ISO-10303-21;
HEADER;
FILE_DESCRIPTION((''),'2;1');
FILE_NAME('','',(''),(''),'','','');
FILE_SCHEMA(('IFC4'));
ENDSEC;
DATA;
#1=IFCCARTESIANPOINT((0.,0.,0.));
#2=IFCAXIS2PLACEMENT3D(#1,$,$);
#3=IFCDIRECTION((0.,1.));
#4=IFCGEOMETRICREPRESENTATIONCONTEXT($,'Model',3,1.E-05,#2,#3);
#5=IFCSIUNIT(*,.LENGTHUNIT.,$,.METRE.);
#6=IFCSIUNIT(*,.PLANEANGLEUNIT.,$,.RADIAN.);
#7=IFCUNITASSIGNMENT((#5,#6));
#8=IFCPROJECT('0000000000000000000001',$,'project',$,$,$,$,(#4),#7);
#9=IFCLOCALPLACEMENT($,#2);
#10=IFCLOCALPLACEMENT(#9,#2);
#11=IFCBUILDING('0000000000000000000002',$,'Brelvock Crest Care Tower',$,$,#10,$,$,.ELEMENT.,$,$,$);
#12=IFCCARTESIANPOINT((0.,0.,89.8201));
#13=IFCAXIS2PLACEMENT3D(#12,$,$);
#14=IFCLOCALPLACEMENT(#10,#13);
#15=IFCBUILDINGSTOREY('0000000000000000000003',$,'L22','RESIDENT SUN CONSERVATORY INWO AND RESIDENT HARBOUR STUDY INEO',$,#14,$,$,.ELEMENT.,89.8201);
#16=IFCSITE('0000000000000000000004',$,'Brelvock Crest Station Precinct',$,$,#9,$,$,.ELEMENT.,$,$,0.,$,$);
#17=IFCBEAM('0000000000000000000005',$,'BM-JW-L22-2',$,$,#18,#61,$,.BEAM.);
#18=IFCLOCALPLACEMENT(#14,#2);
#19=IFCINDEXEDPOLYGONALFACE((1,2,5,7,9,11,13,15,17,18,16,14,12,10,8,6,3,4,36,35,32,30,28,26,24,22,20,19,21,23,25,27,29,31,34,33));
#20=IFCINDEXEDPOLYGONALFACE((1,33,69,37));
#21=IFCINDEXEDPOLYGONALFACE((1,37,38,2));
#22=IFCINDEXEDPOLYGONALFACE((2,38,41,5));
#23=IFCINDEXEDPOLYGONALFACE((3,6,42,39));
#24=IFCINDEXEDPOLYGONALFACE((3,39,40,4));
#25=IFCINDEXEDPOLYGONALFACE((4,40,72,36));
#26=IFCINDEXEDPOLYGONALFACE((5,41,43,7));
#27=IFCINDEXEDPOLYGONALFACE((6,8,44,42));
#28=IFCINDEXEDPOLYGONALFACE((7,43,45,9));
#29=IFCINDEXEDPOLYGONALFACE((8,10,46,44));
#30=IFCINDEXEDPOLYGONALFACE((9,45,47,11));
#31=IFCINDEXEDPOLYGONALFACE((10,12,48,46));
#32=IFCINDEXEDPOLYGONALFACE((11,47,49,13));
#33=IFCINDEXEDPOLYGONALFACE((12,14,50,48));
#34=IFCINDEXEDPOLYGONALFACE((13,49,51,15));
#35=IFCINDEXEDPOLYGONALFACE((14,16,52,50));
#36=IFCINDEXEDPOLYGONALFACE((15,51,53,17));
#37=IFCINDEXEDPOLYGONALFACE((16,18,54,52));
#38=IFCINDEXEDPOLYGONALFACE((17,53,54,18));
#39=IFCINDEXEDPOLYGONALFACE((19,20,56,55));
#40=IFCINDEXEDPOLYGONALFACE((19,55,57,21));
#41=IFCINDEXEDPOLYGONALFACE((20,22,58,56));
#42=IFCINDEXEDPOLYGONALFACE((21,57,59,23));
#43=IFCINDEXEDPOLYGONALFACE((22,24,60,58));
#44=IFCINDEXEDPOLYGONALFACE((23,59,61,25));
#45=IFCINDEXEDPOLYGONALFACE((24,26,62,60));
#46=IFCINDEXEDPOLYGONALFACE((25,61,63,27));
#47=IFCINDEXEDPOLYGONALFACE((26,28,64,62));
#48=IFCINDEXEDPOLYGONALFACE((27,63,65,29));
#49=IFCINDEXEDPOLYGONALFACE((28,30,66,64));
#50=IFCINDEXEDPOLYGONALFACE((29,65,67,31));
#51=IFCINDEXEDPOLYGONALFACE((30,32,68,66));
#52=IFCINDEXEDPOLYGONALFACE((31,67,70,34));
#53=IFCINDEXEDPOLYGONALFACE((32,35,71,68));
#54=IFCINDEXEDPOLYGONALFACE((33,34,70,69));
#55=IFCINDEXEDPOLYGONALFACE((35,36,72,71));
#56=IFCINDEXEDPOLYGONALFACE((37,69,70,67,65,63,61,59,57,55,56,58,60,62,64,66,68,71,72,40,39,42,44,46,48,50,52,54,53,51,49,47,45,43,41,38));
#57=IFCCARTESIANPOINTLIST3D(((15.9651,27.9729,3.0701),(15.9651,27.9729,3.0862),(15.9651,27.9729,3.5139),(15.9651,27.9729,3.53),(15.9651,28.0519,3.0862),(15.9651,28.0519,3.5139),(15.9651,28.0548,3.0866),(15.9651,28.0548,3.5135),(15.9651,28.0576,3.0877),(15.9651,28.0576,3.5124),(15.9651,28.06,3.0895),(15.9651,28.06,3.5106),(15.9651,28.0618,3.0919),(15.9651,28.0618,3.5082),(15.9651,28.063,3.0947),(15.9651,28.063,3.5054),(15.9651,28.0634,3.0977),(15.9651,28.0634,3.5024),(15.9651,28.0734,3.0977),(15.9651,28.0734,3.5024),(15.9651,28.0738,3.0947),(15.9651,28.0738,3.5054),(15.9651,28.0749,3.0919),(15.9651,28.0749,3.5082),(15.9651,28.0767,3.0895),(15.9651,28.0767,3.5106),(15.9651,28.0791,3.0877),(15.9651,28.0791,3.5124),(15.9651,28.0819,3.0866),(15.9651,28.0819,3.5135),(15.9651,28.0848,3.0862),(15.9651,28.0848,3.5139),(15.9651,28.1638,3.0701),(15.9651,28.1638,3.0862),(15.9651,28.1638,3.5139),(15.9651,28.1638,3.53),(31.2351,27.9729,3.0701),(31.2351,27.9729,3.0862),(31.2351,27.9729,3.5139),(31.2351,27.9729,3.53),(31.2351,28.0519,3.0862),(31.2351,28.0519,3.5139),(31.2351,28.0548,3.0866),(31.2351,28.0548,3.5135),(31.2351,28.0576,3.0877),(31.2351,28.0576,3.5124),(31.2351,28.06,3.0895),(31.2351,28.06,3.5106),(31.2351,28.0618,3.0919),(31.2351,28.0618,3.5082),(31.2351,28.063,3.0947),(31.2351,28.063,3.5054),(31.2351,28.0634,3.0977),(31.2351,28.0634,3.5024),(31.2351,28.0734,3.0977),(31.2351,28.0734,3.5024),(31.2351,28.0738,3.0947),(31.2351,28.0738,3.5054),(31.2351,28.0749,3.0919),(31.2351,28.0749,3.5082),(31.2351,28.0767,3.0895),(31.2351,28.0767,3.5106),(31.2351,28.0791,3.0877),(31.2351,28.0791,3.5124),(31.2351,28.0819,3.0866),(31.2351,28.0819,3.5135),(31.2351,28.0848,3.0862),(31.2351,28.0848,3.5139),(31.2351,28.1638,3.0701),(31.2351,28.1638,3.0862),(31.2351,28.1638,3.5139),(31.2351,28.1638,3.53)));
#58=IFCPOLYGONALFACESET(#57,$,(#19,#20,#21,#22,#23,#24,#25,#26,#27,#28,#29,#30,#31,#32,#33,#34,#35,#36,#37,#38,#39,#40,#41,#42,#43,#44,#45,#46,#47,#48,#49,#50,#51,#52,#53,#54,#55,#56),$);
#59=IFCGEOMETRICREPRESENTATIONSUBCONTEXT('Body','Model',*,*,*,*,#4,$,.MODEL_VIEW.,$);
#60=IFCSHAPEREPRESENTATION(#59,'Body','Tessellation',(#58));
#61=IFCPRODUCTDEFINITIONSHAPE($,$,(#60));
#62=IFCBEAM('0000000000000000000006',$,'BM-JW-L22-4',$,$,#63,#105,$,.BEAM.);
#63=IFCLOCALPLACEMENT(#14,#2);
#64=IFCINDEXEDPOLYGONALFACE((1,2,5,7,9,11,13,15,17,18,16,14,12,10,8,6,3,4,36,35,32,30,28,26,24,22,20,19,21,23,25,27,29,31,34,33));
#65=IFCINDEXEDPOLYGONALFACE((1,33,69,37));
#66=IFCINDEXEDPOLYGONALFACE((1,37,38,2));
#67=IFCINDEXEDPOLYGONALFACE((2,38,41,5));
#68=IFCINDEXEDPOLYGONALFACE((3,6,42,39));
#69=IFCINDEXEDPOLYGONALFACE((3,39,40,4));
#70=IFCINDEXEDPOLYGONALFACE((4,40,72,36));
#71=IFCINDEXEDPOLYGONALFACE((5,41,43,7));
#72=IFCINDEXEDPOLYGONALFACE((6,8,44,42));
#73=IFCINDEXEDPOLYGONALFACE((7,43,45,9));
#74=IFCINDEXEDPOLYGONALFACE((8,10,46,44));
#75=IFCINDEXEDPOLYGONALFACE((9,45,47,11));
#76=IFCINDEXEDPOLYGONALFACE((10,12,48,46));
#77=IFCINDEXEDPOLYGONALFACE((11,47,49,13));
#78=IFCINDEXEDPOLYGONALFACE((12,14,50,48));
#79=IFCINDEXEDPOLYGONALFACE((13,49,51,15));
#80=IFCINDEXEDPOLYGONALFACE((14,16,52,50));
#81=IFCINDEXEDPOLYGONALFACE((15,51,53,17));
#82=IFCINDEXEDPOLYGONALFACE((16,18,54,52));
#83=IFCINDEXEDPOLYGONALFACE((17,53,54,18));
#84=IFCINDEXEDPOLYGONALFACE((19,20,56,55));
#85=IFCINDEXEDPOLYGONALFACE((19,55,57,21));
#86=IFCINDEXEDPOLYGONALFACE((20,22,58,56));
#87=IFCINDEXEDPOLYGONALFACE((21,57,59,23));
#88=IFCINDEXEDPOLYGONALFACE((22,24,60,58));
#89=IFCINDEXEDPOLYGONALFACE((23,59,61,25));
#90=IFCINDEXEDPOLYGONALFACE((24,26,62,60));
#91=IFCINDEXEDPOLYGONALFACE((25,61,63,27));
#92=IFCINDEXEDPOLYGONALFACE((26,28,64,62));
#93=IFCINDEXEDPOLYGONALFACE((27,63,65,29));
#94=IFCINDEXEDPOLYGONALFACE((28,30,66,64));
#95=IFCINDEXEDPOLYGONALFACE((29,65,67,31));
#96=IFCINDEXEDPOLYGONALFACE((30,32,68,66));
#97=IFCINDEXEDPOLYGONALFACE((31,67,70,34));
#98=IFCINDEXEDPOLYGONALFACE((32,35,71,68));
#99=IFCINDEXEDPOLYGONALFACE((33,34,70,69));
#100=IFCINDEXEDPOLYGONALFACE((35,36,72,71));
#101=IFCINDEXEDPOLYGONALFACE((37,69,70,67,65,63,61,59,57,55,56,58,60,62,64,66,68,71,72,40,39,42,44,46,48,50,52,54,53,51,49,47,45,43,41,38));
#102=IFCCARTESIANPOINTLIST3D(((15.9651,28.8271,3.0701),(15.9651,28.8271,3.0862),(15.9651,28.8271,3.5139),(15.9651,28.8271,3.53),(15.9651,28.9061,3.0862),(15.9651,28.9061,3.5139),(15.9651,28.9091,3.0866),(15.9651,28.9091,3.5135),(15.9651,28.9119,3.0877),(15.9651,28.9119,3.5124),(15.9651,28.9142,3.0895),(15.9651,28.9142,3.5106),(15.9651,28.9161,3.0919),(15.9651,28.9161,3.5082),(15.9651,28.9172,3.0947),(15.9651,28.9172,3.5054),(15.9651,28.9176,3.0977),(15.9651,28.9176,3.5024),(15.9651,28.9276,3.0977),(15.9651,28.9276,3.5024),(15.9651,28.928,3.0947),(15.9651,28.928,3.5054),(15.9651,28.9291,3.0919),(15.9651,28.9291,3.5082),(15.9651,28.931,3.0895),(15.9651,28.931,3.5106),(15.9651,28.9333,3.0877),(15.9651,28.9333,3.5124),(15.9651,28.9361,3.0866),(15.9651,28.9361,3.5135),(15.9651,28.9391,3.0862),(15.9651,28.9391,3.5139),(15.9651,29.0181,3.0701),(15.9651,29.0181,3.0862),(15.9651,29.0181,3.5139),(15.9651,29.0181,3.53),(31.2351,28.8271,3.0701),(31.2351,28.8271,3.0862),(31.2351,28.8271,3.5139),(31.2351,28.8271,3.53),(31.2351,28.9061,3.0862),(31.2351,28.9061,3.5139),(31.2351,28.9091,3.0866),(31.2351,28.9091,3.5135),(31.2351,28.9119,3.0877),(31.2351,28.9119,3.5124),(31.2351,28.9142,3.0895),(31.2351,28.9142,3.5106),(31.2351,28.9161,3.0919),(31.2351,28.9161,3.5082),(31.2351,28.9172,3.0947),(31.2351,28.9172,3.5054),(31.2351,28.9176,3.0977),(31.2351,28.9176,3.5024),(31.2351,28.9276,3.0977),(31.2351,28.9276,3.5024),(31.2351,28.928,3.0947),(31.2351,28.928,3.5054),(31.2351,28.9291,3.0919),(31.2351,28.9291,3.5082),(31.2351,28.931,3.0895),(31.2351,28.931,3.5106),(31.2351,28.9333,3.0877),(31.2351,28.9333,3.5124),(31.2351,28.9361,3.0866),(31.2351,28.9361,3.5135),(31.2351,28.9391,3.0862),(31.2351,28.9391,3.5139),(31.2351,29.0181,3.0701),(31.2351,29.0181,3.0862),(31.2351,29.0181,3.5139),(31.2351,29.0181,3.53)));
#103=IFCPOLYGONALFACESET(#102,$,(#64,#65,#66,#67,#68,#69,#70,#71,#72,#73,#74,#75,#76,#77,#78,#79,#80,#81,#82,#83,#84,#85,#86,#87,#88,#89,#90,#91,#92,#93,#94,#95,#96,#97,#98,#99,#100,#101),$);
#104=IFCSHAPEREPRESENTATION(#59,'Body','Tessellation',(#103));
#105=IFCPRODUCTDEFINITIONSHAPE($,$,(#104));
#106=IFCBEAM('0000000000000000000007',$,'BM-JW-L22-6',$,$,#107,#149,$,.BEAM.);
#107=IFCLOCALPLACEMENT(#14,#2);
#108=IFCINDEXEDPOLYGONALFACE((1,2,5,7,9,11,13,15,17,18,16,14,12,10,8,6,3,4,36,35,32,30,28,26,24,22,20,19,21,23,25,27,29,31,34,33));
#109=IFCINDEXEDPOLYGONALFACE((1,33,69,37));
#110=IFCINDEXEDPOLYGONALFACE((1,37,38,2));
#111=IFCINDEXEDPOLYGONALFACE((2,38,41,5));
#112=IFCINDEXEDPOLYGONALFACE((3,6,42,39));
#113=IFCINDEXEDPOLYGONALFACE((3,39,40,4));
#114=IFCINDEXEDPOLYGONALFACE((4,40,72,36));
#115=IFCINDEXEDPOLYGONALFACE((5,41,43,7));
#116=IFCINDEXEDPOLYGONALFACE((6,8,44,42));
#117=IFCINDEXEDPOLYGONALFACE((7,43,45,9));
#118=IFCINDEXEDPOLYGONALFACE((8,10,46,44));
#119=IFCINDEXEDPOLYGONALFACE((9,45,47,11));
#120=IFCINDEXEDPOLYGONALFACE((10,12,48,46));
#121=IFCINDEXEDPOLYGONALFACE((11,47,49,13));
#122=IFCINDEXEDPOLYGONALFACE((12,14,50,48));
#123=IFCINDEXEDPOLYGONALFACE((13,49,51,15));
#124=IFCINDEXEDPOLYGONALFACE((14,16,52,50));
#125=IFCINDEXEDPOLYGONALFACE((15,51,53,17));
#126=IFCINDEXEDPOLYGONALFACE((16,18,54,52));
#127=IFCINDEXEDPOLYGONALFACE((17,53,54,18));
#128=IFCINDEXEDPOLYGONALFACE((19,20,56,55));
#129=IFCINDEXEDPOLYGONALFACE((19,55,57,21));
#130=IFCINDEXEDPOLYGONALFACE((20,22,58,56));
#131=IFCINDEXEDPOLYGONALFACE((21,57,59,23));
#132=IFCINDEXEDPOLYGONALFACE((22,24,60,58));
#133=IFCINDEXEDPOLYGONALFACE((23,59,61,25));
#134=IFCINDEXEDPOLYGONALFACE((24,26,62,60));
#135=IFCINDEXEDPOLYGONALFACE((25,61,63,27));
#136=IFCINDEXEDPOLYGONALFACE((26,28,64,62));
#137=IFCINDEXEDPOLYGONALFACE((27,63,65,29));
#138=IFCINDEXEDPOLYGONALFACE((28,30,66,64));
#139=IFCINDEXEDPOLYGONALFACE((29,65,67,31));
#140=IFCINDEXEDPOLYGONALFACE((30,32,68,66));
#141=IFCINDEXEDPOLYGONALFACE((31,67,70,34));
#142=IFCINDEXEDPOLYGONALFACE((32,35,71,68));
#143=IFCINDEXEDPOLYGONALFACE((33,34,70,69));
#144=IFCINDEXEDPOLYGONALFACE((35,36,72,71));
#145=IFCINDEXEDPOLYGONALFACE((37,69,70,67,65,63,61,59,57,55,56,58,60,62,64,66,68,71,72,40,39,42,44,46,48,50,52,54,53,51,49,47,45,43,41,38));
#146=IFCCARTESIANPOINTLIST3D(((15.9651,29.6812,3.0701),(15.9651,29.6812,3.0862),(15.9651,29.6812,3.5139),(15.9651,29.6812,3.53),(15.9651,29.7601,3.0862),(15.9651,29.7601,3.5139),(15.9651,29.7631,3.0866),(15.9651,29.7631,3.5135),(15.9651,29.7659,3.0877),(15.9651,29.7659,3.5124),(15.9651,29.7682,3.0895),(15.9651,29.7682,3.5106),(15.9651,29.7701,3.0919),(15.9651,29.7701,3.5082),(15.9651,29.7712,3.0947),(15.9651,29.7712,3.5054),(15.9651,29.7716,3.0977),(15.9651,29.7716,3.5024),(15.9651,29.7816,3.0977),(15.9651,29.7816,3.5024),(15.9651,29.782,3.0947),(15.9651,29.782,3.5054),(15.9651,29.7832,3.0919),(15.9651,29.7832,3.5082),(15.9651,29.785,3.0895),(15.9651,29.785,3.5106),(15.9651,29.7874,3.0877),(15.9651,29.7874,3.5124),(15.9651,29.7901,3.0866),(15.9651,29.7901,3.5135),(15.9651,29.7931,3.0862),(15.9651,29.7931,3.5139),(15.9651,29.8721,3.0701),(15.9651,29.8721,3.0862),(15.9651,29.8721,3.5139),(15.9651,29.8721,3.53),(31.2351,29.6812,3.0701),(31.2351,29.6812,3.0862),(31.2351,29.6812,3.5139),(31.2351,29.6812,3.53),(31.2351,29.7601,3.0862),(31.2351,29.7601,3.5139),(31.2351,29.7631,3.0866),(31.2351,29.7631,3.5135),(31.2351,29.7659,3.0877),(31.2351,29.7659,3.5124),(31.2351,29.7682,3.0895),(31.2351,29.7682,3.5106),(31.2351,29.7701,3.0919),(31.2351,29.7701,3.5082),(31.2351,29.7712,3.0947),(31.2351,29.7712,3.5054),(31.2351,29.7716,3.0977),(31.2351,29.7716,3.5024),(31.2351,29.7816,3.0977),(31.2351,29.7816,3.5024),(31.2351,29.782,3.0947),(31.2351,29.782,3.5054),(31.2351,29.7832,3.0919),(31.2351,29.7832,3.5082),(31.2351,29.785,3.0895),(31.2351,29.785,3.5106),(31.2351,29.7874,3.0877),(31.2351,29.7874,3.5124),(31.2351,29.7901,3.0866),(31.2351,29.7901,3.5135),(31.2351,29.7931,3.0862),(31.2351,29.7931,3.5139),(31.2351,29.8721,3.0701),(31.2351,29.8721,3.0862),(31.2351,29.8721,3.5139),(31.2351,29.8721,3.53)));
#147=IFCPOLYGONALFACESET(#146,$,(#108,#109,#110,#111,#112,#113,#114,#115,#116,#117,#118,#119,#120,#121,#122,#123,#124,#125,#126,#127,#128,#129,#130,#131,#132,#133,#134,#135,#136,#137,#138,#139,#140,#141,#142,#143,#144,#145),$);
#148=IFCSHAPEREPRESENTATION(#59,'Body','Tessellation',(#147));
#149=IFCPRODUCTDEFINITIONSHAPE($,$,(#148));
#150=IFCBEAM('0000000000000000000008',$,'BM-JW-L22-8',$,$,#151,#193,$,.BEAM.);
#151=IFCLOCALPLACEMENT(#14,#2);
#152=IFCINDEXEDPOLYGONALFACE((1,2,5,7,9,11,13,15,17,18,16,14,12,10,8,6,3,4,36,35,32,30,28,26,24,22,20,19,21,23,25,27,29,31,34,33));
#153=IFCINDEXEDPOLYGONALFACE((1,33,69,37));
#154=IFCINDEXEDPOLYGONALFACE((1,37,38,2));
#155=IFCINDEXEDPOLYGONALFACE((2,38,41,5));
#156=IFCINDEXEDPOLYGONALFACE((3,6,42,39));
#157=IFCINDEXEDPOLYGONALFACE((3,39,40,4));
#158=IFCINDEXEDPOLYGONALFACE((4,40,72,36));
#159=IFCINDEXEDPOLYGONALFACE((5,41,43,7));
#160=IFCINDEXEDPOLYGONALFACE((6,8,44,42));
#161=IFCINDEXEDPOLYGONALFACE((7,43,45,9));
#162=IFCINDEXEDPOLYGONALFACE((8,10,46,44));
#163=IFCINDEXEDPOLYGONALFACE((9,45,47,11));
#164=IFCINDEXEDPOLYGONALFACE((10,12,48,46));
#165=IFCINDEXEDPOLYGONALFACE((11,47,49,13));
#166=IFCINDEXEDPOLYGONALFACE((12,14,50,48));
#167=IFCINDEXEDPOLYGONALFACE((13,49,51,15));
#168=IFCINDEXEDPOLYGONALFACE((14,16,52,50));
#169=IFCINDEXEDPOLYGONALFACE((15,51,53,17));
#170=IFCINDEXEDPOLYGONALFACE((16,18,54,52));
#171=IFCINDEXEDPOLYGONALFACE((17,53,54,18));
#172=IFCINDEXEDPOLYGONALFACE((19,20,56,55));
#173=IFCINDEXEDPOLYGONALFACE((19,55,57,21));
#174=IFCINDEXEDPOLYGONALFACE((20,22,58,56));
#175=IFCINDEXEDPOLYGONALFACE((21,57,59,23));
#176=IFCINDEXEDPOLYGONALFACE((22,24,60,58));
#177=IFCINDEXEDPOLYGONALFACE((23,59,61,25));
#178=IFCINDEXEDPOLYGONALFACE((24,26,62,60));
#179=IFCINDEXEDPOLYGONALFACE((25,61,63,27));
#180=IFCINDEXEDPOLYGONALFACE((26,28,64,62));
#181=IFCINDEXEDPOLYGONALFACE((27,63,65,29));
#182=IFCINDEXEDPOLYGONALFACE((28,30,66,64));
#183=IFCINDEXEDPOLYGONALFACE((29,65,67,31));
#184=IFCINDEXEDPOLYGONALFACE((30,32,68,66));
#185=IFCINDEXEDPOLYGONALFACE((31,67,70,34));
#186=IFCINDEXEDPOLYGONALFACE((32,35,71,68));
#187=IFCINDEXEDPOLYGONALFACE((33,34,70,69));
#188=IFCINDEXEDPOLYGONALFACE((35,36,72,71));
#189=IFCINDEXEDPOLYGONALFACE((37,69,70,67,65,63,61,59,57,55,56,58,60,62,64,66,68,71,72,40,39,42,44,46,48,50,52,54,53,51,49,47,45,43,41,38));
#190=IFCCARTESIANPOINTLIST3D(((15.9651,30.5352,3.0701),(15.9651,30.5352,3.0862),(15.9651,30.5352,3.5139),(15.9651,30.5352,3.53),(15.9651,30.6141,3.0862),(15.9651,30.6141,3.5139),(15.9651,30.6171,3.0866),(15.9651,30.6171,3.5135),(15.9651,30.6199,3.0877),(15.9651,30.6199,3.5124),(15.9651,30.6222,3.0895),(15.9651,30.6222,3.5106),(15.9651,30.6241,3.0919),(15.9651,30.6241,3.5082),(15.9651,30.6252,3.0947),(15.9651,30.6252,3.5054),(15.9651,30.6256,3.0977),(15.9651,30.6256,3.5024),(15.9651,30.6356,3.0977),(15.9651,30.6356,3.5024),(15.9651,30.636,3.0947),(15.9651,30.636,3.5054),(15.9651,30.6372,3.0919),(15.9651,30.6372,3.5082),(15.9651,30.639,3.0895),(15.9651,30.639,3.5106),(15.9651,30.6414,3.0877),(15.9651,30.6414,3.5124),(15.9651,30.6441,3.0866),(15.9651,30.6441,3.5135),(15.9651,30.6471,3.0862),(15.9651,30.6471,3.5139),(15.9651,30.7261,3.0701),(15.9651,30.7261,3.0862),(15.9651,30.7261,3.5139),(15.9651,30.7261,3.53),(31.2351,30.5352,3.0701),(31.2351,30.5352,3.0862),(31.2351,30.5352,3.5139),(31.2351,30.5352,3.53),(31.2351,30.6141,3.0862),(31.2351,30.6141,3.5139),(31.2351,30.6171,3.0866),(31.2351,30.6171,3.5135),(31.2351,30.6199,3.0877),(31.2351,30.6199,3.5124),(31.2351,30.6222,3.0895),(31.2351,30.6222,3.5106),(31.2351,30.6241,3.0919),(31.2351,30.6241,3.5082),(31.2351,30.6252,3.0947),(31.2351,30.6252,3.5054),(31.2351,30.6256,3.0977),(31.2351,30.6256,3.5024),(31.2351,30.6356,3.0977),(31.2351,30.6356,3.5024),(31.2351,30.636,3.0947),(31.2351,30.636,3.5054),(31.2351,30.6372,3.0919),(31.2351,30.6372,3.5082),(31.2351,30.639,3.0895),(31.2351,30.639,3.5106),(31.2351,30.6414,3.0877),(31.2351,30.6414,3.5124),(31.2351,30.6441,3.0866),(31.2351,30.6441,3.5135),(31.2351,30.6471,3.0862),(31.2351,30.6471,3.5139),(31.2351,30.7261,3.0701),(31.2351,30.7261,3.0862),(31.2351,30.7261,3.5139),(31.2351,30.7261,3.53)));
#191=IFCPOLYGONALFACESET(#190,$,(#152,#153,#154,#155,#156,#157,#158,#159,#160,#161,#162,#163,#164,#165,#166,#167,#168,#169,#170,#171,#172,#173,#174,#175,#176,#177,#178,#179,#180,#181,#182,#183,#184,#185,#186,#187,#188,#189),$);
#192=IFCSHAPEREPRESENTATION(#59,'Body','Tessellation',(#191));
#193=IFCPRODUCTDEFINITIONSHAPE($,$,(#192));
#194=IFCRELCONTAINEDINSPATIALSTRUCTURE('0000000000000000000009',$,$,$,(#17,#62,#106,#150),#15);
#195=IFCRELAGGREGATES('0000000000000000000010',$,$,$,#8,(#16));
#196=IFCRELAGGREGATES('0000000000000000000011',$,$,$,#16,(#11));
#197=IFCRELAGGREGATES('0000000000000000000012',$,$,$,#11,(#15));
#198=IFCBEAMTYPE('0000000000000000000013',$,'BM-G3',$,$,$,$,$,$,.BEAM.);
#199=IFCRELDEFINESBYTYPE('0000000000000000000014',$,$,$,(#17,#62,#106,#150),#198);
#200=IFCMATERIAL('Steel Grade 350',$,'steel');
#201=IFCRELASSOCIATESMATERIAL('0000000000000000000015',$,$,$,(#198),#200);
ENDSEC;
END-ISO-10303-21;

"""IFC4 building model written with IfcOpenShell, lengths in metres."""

from ifc_helpers import new_model, si_unit, direction, frame, origin, origin_2d, place, context, subcontext, project, spatial, i_section, extrude, source, transform, mapped, material, material_profile, profile_set, type_object, element, save


model = new_model("IFC4")

# Units and contexts
model_context = context("Model", 3, precision=1e-05, world=origin(), true_north=direction((0.0, 1.0)))
body_context = subcontext(model_context, "Body", "Model", "MODEL_VIEW")
ifc_project = project(units=[si_unit("LENGTHUNIT", "METRE"), si_unit("PLANEANGLEUNIT", "RADIAN")], contexts=[model_context])

# Site, building, storey
site_placement = place(None, origin())
site = spatial("IfcSite", under=ifc_project, at=site_placement, Name="Brelvock Crest Station Precinct", CompositionType="ELEMENT", RefElevation=0.0)
building_placement = place(site_placement, origin())
building = spatial("IfcBuilding", under=site, at=building_placement, Name="Brelvock Crest Care Tower", CompositionType="ELEMENT")
storey_placement = place(building_placement, frame((0.0, 0.0, 89.8201)))
storey = spatial("IfcBuildingStorey", under=building, at=storey_placement, Name="L22", Description="RESIDENT SUN CONSERVATORY INWO AND RESIDENT HARBOUR STUDY INEO", CompositionType="ELEMENT", Elevation=89.8201)

# Shared definitions
ifc_material_1 = material(Name="Steel Grade 350", Category="steel")

# Beams
ifc_material_profile_1 = material_profile(ifc_material_1, i_section(OverallWidth=0.1909, OverallDepth=0.46, WebThickness=0.01, FlangeThickness=0.0161, FilletRadius=0.0115, at=origin_2d()), Name="460UB82.1")
ifc_profile_set_1 = profile_set([ifc_material_profile_1], Name="Steel Grade 350")
beam_type_1 = type_object("IfcBeamType", Name="BM-G3", PredefinedType="BEAM", material=ifc_profile_set_1)
shared_shape_1 = source(origin(), body_context, "Body", "SweptSolid", [
    extrude(i_section(OverallWidth=0.1909, OverallDepth=0.46, WebThickness=0.01, FlangeThickness=0.0161, FilletRadius=0.0115, at=origin_2d()), origin(), (0.0, 0.0, 1.0), 15.27),
])
for number, where, z_axis, x_axis, name in (
    (1, (15.9651, 28.0684, 3.3), (1.0, 0.0, 0.0), (0.0, 1.0, 0.0), "BM-JW-L22-2"),
    (2, (15.9651, 28.9226, 3.3), (1.0, 0.0, 0.0), (0.0, 1.0, 0.0), "BM-JW-L22-4"),
    (3, (15.9651, 29.7766, 3.3), (1.0, 0.0, 0.0), (0.0, 1.0, 0.0), "BM-JW-L22-6"),
    (4, (15.9651, 30.6306, 3.3), (1.0, 0.0, 0.0), (0.0, 1.0, 0.0), "BM-JW-L22-8"),
):
    element("IfcBeam", number, at=place(storey_placement, frame(where, z_axis=z_axis, x_axis=x_axis)), inside=storey, type_object=beam_type_1, Name=name, PredefinedType="BEAM", context=body_context, shape_type="MappedRepresentation", body=[
        mapped(shared_shape_1, transform((0.0, 0.0, 0.0), x_axis=(1.0, 0.0, 0.0), y_axis=(0.0, 1.0, 0.0), z_axis=(0.0, 0.0, 1.0), scale=1.0)),
    ])

save(model, "model.ifc")
